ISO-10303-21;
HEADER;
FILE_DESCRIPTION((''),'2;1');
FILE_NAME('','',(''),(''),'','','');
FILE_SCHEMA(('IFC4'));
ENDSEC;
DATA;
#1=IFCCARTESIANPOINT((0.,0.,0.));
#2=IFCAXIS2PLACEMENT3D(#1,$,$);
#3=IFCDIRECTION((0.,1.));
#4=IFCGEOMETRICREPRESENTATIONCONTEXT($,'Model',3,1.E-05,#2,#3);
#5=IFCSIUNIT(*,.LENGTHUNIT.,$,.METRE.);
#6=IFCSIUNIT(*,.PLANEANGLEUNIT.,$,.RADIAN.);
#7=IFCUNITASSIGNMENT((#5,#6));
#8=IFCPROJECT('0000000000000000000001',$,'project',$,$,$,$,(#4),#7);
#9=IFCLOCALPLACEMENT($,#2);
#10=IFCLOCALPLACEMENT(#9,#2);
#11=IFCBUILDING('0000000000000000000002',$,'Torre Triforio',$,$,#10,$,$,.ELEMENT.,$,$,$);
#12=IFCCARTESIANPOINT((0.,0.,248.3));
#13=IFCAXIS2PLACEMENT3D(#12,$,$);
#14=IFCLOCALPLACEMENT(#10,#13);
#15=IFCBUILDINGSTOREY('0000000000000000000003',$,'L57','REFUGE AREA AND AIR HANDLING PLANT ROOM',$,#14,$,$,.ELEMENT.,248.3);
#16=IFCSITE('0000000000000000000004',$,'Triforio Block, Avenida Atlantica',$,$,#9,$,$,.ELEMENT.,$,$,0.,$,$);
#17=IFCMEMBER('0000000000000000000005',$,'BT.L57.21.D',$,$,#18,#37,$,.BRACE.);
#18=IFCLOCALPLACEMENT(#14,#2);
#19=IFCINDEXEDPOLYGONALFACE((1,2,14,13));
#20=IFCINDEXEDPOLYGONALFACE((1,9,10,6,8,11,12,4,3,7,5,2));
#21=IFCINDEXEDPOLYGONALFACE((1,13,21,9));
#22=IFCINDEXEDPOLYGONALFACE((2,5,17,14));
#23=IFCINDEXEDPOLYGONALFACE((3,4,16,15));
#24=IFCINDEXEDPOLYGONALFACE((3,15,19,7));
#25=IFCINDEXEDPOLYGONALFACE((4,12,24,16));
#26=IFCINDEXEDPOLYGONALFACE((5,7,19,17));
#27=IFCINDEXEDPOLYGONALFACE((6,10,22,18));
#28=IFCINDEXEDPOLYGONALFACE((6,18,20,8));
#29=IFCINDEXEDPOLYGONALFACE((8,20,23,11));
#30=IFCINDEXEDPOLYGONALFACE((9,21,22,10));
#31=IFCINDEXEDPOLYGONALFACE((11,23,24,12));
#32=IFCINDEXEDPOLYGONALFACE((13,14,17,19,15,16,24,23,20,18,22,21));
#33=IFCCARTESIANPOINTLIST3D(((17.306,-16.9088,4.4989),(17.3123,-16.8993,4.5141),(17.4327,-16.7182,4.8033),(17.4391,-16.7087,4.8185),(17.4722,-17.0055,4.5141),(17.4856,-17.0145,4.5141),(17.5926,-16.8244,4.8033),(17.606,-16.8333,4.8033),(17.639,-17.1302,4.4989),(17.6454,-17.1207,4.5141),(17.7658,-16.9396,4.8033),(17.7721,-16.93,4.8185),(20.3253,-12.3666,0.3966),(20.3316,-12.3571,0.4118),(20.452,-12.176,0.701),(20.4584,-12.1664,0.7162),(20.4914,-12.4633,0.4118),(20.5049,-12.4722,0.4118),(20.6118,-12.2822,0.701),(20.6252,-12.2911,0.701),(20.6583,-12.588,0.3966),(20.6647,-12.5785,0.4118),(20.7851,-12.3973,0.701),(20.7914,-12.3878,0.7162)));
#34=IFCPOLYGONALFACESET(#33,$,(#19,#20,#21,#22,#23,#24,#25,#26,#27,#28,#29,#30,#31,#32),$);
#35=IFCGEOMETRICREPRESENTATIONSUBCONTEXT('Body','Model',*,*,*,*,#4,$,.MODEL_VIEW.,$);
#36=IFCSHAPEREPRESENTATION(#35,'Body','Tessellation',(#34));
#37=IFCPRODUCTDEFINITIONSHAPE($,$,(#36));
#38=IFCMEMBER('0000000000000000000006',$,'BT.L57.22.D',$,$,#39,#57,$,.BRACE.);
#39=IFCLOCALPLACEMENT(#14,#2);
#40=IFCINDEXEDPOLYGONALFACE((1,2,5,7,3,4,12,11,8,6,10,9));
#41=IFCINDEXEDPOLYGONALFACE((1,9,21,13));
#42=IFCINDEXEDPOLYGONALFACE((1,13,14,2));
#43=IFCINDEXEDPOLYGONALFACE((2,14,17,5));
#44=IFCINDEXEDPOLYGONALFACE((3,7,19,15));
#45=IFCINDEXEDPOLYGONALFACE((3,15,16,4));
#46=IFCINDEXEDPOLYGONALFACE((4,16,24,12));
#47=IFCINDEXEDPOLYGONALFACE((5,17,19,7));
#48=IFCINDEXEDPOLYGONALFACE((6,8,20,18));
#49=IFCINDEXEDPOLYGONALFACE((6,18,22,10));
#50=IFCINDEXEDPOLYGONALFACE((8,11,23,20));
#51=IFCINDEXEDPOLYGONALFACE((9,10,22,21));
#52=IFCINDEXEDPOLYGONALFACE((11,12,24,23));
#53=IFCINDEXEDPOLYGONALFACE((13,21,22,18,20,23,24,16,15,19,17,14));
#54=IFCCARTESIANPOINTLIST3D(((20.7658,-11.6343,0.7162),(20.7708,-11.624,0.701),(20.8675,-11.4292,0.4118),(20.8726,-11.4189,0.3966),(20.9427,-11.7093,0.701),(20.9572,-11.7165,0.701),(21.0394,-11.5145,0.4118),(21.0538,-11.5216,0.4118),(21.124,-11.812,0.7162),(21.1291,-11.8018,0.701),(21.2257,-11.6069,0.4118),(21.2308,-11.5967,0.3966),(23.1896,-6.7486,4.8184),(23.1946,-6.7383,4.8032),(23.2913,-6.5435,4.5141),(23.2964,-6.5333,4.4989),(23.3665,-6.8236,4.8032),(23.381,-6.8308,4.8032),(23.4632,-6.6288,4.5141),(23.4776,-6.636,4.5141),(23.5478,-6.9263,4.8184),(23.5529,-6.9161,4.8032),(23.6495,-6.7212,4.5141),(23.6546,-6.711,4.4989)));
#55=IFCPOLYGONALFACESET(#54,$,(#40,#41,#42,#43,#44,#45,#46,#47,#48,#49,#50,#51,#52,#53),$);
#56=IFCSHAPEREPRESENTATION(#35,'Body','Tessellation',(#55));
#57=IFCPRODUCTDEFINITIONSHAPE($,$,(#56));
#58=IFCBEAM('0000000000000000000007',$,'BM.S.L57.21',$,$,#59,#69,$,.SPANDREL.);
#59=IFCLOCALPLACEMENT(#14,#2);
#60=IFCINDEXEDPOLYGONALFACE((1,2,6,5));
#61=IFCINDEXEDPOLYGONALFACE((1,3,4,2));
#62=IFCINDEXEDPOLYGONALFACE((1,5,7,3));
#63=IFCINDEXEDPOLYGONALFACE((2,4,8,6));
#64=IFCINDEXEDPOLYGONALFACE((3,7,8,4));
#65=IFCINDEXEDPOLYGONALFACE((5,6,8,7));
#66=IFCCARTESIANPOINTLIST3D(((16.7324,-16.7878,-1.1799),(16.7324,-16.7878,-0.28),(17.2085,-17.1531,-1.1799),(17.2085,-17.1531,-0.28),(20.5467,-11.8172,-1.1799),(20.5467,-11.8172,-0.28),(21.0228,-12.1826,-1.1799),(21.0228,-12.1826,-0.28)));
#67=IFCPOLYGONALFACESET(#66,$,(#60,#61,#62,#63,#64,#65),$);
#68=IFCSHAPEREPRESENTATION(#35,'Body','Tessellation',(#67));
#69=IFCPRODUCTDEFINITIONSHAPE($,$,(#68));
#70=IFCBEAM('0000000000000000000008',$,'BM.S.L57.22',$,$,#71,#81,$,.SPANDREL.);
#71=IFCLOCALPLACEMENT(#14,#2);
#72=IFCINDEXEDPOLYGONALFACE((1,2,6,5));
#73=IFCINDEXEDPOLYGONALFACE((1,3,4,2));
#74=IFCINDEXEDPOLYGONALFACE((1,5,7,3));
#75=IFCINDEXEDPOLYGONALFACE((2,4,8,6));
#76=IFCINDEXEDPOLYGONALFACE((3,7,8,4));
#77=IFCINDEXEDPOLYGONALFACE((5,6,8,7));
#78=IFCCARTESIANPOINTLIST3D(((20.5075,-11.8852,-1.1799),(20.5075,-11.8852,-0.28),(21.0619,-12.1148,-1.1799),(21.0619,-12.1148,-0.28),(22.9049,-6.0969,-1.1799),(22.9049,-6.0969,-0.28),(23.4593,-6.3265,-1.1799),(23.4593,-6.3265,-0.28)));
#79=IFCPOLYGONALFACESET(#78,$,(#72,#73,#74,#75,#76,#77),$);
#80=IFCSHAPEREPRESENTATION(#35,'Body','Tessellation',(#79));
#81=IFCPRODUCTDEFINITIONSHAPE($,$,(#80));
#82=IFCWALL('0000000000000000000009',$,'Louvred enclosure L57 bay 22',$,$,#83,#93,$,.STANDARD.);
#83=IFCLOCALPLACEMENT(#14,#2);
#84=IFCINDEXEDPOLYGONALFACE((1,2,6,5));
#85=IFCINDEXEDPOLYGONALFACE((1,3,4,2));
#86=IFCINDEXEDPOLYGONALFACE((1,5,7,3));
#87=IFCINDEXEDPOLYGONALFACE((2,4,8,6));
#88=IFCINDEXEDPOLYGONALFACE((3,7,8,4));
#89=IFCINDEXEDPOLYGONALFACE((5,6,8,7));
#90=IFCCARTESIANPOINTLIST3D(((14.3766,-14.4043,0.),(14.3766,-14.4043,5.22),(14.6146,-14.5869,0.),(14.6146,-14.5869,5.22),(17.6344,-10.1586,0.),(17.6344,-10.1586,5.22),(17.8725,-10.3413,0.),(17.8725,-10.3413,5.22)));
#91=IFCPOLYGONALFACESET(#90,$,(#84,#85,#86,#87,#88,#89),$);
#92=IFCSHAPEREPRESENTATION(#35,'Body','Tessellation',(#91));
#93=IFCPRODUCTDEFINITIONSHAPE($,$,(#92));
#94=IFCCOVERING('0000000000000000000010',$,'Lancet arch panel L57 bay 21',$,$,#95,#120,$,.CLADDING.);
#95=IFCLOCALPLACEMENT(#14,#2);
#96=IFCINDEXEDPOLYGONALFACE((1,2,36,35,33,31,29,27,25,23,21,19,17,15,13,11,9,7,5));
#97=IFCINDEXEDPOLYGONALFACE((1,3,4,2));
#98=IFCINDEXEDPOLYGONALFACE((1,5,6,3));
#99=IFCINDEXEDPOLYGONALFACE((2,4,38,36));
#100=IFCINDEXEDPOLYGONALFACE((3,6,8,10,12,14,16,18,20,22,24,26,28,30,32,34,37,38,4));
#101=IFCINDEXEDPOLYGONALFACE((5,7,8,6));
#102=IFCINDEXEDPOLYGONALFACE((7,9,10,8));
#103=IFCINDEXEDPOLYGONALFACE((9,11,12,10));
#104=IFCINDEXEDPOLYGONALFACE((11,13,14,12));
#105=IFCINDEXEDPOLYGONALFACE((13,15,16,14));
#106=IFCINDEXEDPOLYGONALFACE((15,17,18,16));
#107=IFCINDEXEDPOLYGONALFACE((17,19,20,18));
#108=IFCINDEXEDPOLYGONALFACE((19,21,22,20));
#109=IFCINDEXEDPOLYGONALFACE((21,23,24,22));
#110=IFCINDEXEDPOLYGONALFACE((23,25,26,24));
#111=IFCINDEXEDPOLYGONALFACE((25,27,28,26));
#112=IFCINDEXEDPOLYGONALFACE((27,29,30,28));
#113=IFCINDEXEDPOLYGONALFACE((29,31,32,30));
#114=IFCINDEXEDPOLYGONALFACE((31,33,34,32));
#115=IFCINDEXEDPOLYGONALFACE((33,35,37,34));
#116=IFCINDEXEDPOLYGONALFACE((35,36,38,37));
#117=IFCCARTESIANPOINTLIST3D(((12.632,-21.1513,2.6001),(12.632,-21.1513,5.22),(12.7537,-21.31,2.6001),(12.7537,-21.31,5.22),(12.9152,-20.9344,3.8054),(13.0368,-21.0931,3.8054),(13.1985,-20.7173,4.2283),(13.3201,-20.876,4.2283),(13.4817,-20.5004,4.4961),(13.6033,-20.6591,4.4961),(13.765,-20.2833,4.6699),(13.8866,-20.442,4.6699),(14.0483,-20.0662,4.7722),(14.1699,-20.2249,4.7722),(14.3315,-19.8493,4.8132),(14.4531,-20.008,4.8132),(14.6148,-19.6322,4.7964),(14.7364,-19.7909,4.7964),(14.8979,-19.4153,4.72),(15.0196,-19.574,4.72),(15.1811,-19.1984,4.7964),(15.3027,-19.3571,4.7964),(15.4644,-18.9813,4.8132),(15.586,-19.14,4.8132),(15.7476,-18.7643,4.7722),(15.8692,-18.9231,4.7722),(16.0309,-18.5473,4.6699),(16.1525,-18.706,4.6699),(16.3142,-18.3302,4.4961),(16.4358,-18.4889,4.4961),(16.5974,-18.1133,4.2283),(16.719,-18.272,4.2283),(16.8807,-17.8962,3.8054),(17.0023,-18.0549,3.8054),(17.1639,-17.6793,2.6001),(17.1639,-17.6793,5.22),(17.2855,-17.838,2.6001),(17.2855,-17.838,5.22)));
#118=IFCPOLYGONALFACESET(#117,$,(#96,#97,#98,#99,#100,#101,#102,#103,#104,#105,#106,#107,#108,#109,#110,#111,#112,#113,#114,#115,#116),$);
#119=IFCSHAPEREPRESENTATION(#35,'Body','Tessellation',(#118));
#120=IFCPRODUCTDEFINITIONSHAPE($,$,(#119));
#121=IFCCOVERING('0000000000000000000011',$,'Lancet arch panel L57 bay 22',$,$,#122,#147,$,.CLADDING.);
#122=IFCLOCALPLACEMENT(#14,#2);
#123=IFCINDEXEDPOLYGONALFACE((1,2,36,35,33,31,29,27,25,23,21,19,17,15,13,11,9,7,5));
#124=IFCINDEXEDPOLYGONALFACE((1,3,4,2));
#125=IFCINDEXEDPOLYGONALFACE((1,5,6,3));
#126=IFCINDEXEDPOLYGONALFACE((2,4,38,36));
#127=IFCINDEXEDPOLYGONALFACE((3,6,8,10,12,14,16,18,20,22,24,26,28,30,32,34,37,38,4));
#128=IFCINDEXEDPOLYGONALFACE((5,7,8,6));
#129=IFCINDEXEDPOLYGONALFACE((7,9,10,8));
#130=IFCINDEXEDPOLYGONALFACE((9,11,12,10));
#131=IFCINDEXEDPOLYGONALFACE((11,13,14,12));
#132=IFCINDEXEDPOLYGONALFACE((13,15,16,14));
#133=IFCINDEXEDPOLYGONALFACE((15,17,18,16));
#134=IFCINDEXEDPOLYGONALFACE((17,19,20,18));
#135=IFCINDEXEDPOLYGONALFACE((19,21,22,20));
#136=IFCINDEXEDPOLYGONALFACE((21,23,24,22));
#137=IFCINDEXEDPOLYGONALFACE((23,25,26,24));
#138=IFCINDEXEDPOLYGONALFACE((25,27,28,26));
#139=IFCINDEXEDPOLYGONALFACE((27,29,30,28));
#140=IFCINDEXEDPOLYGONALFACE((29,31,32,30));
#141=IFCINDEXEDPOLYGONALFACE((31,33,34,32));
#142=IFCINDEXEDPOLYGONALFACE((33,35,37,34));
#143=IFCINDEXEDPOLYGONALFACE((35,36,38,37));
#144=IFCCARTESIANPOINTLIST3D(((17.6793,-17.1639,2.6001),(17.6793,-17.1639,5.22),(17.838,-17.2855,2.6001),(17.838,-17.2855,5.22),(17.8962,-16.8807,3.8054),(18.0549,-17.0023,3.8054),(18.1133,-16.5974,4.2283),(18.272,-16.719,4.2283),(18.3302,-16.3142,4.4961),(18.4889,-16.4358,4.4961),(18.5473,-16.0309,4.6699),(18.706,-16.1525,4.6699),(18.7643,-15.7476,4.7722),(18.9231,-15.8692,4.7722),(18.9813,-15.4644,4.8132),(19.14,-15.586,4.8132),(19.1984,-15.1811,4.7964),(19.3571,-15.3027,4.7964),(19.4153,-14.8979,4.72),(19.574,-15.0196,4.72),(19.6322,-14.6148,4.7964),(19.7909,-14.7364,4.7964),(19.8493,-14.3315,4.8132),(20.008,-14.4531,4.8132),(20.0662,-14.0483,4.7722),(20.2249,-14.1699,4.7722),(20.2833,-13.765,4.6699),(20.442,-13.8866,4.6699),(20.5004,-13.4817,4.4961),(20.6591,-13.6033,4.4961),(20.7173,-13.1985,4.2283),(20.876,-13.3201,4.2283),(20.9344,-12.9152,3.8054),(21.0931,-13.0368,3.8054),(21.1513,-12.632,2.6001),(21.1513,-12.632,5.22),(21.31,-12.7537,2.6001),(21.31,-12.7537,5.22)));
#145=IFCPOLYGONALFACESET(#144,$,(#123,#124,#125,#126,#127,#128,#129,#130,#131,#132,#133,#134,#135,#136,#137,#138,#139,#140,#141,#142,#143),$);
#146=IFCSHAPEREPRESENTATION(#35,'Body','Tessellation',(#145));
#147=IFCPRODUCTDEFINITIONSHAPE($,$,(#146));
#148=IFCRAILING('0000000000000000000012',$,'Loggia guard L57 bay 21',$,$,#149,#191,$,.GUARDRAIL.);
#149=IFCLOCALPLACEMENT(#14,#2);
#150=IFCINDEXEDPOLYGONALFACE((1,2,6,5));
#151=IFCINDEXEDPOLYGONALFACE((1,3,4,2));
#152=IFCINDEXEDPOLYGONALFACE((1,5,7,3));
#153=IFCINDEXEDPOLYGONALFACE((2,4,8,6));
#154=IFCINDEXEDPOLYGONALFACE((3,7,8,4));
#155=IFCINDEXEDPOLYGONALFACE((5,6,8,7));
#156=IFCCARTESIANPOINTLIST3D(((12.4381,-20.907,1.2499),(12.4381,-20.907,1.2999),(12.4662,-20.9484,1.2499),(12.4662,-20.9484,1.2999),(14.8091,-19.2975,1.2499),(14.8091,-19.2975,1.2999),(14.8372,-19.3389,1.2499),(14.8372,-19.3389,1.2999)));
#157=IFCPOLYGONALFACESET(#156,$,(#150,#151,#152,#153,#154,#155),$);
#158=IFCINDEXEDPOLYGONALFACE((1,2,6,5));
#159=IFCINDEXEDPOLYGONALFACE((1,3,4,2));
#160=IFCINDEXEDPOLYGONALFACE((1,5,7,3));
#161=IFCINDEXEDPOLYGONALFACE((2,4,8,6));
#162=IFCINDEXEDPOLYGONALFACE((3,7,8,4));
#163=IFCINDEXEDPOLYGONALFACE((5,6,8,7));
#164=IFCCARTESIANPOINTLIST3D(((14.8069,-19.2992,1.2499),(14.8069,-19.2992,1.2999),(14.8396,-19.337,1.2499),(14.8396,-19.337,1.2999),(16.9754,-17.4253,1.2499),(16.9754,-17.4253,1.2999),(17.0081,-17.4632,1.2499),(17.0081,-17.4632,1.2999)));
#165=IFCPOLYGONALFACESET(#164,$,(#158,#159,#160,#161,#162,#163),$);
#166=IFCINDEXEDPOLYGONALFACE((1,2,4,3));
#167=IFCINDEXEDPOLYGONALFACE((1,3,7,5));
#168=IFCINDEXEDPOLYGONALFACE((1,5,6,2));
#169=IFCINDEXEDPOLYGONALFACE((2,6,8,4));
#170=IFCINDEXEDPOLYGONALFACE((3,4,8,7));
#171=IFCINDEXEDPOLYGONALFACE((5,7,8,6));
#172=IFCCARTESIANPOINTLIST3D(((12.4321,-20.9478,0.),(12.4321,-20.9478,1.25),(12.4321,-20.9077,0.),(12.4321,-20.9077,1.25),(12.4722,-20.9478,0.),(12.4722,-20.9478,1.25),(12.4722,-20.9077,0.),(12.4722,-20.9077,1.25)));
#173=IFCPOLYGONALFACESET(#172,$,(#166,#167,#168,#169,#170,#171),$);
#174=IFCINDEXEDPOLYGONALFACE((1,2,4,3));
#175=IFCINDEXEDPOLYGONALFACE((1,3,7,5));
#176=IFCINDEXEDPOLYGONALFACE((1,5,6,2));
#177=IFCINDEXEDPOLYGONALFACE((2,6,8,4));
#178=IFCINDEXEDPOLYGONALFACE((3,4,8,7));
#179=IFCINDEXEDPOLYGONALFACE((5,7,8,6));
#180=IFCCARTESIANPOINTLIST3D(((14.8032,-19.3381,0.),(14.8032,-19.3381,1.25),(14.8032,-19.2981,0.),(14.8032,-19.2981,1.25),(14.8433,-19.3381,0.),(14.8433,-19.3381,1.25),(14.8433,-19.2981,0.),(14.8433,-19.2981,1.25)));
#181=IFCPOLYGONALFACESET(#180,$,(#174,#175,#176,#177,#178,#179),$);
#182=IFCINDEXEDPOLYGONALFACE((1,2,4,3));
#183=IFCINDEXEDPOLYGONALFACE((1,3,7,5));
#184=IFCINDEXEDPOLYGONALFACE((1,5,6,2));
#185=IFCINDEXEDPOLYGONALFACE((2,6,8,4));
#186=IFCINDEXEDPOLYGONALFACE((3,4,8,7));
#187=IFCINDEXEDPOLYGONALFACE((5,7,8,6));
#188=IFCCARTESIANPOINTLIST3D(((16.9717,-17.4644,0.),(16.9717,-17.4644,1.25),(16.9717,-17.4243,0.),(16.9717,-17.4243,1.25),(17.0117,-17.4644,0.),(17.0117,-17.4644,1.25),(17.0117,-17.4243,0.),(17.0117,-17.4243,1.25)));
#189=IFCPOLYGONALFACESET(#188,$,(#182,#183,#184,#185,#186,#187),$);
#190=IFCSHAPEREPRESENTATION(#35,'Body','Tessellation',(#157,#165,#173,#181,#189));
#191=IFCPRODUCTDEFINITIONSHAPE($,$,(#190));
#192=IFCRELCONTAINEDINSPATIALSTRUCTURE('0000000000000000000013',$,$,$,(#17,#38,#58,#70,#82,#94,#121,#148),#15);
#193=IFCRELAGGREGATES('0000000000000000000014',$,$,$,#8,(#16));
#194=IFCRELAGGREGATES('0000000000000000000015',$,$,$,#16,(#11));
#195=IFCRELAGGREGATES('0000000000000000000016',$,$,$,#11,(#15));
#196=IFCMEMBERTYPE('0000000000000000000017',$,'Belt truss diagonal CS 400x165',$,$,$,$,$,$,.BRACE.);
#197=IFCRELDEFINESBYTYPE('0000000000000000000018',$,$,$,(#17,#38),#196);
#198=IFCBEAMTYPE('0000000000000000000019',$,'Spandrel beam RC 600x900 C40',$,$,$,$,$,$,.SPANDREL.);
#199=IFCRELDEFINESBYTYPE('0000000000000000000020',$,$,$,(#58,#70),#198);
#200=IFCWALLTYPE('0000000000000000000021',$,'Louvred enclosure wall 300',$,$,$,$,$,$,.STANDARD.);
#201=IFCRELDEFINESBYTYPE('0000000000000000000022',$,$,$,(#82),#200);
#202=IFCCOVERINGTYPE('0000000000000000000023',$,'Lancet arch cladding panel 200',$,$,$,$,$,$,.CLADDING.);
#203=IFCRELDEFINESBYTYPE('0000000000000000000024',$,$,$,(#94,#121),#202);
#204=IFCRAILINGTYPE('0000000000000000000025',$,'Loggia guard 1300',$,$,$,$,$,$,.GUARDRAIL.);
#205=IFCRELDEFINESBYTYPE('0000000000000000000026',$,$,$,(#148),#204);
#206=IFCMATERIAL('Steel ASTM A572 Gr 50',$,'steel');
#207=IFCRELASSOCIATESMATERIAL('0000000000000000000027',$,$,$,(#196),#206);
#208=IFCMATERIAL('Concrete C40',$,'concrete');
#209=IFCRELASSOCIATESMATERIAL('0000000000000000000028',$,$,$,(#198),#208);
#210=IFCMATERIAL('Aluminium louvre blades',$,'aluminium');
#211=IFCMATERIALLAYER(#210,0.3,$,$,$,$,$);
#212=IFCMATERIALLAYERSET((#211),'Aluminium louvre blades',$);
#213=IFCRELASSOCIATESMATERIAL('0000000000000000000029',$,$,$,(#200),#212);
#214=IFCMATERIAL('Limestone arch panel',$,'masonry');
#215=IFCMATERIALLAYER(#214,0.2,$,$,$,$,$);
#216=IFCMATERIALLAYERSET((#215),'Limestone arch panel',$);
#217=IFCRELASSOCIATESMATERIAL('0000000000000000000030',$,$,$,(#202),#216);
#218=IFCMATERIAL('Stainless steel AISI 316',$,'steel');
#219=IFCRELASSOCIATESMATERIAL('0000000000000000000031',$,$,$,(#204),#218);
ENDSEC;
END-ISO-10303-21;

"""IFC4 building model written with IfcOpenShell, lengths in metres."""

from ifc_helpers import new_model, si_unit, direction, frame, frame_2d, origin, origin_2d, place, context, subcontext, project, spatial, polyline, rectangle, i_section, outline, extrude, material, layer, layer_set, material_profile, profile_set, type_object, element, save


model = new_model("IFC4")

# Units and contexts
model_context = context("Model", 3, precision=1e-05, world=origin(), true_north=direction((0.0, 1.0)))
body_context = subcontext(model_context, "Body", "Model", "MODEL_VIEW")
ifc_project = project(units=[si_unit("LENGTHUNIT", "METRE"), si_unit("PLANEANGLEUNIT", "RADIAN")], contexts=[model_context])

# Site, building, storey
site_placement = place(None, origin())
site = spatial("IfcSite", under=ifc_project, at=site_placement, Name="Triforio Block, Avenida Atlantica", CompositionType="ELEMENT", RefElevation=0.0)
building_placement = place(site_placement, origin())
building = spatial("IfcBuilding", under=site, at=building_placement, Name="Torre Triforio", CompositionType="ELEMENT")
storey_placement = place(building_placement, frame((0.0, 0.0, 248.3)))
storey = spatial("IfcBuildingStorey", under=building, at=storey_placement, Name="L57", Description="REFUGE AREA AND AIR HANDLING PLANT ROOM", CompositionType="ELEMENT", Elevation=248.3)

# Members
ifc_material_1 = material(Name="Steel ASTM A572 Gr 50", Category="steel")
ifc_material_profile_1 = material_profile(ifc_material_1, i_section(OverallWidth=0.3999, OverallDepth=0.3999, WebThickness=0.0161, FlangeThickness=0.019, at=origin_2d()), Name="CS 400x165")
ifc_profile_set_1 = profile_set([ifc_material_profile_1], Name="Steel ASTM A572 Gr 50")
member_type_1 = type_object("IfcMemberType", Name="Belt truss diagonal CS 400x165", PredefinedType="BRACE", material=ifc_profile_set_1)
for number, where, z_axis, x_axis, name in (
    (1, (17.5391, -16.9194, 4.6587), (0.442404, 0.665556, -0.601093), (-0.8328, 0.553574, 0.0), "BT.L57.21.D"),
):
    element("IfcMember", number, at=place(storey_placement, frame(where, z_axis=z_axis, x_axis=x_axis)), inside=storey, type_object=member_type_1, Name=name, PredefinedType="BRACE", context=body_context, shape_type="SweptSolid", body=[
        extrude(i_section(OverallWidth=0.3999, OverallDepth=0.3999, WebThickness=0.0161, FlangeThickness=0.019, at=origin_2d()), origin(), (0.0, 0.0, 1.0), 6.8247),
    ])
member_1_placement = place(storey_placement, frame((20.9983, -11.6155, 0.5564), z_axis=(0.355164, 0.715909, 0.60111), x_axis=(-0.895819, 0.444418, 0.0)))
element("IfcMember", 2, at=member_1_placement, inside=storey, type_object=member_type_1, Name="BT.L57.22.D", PredefinedType="BRACE", context=body_context, shape_type="SweptSolid", body=[
    extrude(i_section(OverallWidth=0.3999, OverallDepth=0.3999, WebThickness=0.0161, FlangeThickness=0.019, at=origin_2d()), origin(), (0.0, 0.0, 1.0), 6.8245),
])

# Beams
ifc_material_2 = material(Name="Concrete C40", Category="concrete")
ifc_material_profile_2 = material_profile(ifc_material_2, rectangle(XDim=0.6001, YDim=0.8999, at=origin_2d()), Name="RC 600x900")
ifc_profile_set_2 = profile_set([ifc_material_profile_2], Name="Concrete C40")
beam_type = type_object("IfcBeamType", Name="Spandrel beam RC 600x900 C40", PredefinedType="SPANDREL", material=ifc_profile_set_2)
beam_1_placement = place(storey_placement, frame((16.9705, -16.9705, -0.73), z_axis=(0.608786, 0.793335, 0.0), x_axis=(-0.793335, 0.608786, 0.0)))
element("IfcBeam", 3, at=beam_1_placement, inside=storey, type_object=beam_type, Name="BM.S.L57.21", PredefinedType="SPANDREL", context=body_context, shape_type="SweptSolid", body=[
    extrude(rectangle(XDim=0.6001, YDim=0.8999, at=origin_2d()), origin(), (0.0, 0.0, 1.0), 6.2654),
])
beam_2_placement = place(storey_placement, frame((20.7847, -12.0, -0.73), z_axis=(0.382664, 0.923888, 0.0), x_axis=(-0.923888, 0.382664, 0.0)))
element("IfcBeam", 4, at=beam_2_placement, inside=storey, type_object=beam_type, Name="BM.S.L57.22", PredefinedType="SPANDREL", context=body_context, shape_type="SweptSolid", body=[
    extrude(rectangle(XDim=0.6001, YDim=0.8999, at=origin_2d()), origin(), (0.0, 0.0, 1.0), 6.2651),
])

# Wall
ifc_material_3 = material(Name="Aluminium louvre blades", Category="aluminium")
ifc_layer_1 = layer(ifc_material_3, 0.3)
ifc_layer_set_1 = layer_set([ifc_layer_1], Name="Aluminium louvre blades")
wall_type = type_object("IfcWallType", Name="Louvred enclosure wall 300", PredefinedType="STANDARD", material=ifc_layer_set_1)
wall_placement = place(storey_placement, frame((14.4956, -14.4956, 0.0), z_axis=(0.0, 0.0, 1.0), x_axis=(0.608767, 0.793349, 0.0)))
element("IfcWall", 5, at=wall_placement, inside=storey, type_object=wall_type, Name="Louvred enclosure L57 bay 22", PredefinedType="STANDARD", context=body_context, shape_type="SweptSolid", body=[
    extrude(rectangle(XDim=5.3516, YDim=0.3, at=frame_2d((2.6758, 0.0))), origin(), (0.0, 0.0, 1.0), 5.22),
])

# Coverings
ifc_material_4 = material(Name="Limestone arch panel", Category="masonry")
ifc_layer_2 = layer(ifc_material_4, 0.2)
ifc_layer_set_2 = layer_set([ifc_layer_2], Name="Limestone arch panel")
covering_type_1 = type_object("IfcCoveringType", Name="Lancet arch cladding panel 200", PredefinedType="CLADDING", material=ifc_layer_set_2)
for number, where, z_axis, x_axis, name in (
    (6, (14.8979, -19.4153, 0.0), (0.608175, -0.793803, 0.0), (0.793803, 0.608175, 0.0), "Lancet arch panel L57 bay 21"),
    (7, (19.4153, -14.8979, 0.0), (0.793803, -0.608175, 0.0), (0.608175, 0.793803, 0.0), "Lancet arch panel L57 bay 22"),
):
    element("IfcCovering", number, at=place(storey_placement, frame(where, z_axis=z_axis, x_axis=x_axis)), inside=storey, type_object=covering_type_1, Name=name, PredefinedType="CLADDING", context=body_context, shape_type="SweptSolid", body=[
        extrude(outline(polyline([(-2.8545, 5.22), (-2.8545, 2.6001), (-2.4978, 3.8054), (-2.1409, 4.2283), (-1.7842, 4.4961), (-1.4272, 4.6699), (-1.0703, 4.7722), (-0.7136, 4.8132), (-0.3567, 4.7964), (0.0, 4.72), (0.3567, 4.7964), (0.7136, 4.8132), (1.0703, 4.7722), (1.4272, 4.6699), (1.7842, 4.4961), (2.1409, 4.2283), (2.4978, 3.8054), (2.8545, 2.6001), (2.8545, 5.22), (-2.8545, 5.22)])), origin(), (0.0, 0.0, 1.0), 0.2),
    ])

# Railing
ifc_material_5 = material(Name="Stainless steel AISI 316", Category="steel")
railing_type = type_object("IfcRailingType", Name="Loggia guard 1300", PredefinedType="GUARDRAIL", material=ifc_material_5)
railing_1_placement = place(storey_placement, frame((12.4521, -20.9277, 0.0)))
element("IfcRailing", 8, at=railing_1_placement, inside=storey, type_object=railing_type, Name="Loggia guard L57 bay 21", PredefinedType="GUARDRAIL", context=body_context, shape_type="SweptSolid", body=[
    extrude(rectangle(XDim=0.05, YDim=0.05, at=origin_2d()), frame((0.0, 0.0, 1.2749), z_axis=(0.827368, 0.56166, 0.0), x_axis=(-0.56166, 0.827368, 0.0)), (0.0, 0.0, 1.0), 2.8657),
    extrude(rectangle(XDim=0.05, YDim=0.05, at=origin_2d()), frame((2.3711, 1.6096, 1.2749), z_axis=(0.756647, 0.653824, 0.0), x_axis=(-0.653824, 0.756647, 0.0)), (0.0, 0.0, 1.0), 2.866),
    extrude(rectangle(XDim=0.04, YDim=0.04, at=origin_2d()), origin(), (0.0, 0.0, 1.0), 1.25),
    extrude(rectangle(XDim=0.04, YDim=0.04, at=origin_2d()), frame((2.3711, 1.6096, 0.0)), (0.0, 0.0, 1.0), 1.25),
    extrude(rectangle(XDim=0.04, YDim=0.04, at=origin_2d()), frame((4.5396, 3.4834, 0.0)), (0.0, 0.0, 1.0), 1.25),
])

save(model, "model.ifc")
